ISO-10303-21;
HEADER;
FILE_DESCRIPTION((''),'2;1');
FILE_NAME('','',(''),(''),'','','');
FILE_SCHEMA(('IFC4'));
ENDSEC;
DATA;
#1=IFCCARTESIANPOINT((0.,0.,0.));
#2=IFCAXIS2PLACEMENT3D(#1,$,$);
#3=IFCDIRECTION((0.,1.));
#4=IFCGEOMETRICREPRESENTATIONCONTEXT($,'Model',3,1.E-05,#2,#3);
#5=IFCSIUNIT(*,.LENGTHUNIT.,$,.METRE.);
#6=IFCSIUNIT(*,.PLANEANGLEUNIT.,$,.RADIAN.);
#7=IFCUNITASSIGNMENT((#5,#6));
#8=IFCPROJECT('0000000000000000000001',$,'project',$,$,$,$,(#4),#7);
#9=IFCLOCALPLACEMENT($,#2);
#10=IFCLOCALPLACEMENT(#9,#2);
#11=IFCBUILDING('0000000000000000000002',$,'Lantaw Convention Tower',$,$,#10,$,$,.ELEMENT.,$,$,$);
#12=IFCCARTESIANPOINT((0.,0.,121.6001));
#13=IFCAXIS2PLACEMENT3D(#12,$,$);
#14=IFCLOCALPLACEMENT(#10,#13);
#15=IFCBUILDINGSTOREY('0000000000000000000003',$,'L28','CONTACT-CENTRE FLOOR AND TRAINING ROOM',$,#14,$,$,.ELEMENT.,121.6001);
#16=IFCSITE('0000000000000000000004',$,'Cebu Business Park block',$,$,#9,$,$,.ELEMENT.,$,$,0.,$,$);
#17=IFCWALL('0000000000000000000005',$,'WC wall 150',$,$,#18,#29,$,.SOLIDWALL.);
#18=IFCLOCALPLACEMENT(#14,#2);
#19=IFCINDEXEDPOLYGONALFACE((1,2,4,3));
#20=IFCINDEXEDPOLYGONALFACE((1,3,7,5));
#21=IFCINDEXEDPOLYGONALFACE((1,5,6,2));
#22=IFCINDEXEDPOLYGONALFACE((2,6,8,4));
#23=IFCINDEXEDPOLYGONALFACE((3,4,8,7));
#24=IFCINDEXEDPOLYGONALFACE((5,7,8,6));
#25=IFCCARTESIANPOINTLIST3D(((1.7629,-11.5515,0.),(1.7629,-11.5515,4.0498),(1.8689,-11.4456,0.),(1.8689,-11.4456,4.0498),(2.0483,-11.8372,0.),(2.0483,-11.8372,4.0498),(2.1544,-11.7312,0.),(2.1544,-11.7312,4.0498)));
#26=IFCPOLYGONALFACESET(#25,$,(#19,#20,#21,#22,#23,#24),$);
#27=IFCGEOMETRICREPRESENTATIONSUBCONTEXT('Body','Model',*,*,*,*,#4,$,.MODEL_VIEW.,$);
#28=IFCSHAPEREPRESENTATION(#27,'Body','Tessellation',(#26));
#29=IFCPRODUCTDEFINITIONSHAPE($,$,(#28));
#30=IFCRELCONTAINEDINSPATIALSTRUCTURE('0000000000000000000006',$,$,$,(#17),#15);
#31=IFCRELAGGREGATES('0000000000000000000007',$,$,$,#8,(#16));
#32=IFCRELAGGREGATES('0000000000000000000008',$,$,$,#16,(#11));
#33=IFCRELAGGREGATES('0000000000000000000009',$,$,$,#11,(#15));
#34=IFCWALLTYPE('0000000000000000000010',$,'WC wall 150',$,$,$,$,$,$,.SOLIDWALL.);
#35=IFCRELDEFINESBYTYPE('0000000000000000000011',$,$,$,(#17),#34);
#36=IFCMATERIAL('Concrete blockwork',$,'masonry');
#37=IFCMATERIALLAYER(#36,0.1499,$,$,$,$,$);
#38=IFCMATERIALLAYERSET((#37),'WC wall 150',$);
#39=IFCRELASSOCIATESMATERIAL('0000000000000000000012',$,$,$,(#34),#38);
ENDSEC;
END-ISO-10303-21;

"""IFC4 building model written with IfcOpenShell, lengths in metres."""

from ifc_helpers import new_model, si_unit, direction, frame, frame_2d, origin, place, context, subcontext, project, spatial, rectangle, extrude, material, layer, layer_set, type_object, element, save


model = new_model("IFC4")

# Units and contexts
model_context = context("Model", 3, precision=1e-05, world=origin(), true_north=direction((0.0, 1.0)))
body_context = subcontext(model_context, "Body", "Model", "MODEL_VIEW")
ifc_project = project(units=[si_unit("LENGTHUNIT", "METRE"), si_unit("PLANEANGLEUNIT", "RADIAN")], contexts=[model_context])

# Site, building, storey
site_placement = place(None, origin())
site = spatial("IfcSite", under=ifc_project, at=site_placement, Name="Cebu Business Park block", CompositionType="ELEMENT", RefElevation=0.0)
building_placement = place(site_placement, origin())
building = spatial("IfcBuilding", under=site, at=building_placement, Name="Lantaw Convention Tower", CompositionType="ELEMENT")
storey_placement = place(building_placement, frame((0.0, 0.0, 121.6001)))
storey = spatial("IfcBuildingStorey", under=building, at=storey_placement, Name="L28", Description="CONTACT-CENTRE FLOOR AND TRAINING ROOM", CompositionType="ELEMENT", Elevation=121.6001)

# Shared definitions
ifc_material_1 = material(Name="Concrete blockwork", Category="masonry")
ifc_layer_1 = layer(ifc_material_1, 0.1499)
ifc_layer_set_1 = layer_set([ifc_layer_1], Name="WC wall 150")
wall_type_1 = type_object("IfcWallType", Name="WC wall 150", PredefinedType="SOLIDWALL", material=ifc_layer_set_1)

# Wall
wall_1_placement = place(storey_placement, frame((1.8159, -11.4985, 0.0), z_axis=(0.0, 0.0, 1.0), x_axis=(0.706804, -0.707409, 0.0)))
element("IfcWall", 1, at=wall_1_placement, inside=storey, type_object=wall_type_1, Name="WC wall 150", PredefinedType="SOLIDWALL", context=body_context, shape_type="SweptSolid", body=[
    extrude(rectangle(XDim=0.4038, YDim=0.1499, at=frame_2d((0.2019, 0.0))), origin(), (0.0, 0.0, 1.0), 4.0498),
])

save(model, "model.ifc")
